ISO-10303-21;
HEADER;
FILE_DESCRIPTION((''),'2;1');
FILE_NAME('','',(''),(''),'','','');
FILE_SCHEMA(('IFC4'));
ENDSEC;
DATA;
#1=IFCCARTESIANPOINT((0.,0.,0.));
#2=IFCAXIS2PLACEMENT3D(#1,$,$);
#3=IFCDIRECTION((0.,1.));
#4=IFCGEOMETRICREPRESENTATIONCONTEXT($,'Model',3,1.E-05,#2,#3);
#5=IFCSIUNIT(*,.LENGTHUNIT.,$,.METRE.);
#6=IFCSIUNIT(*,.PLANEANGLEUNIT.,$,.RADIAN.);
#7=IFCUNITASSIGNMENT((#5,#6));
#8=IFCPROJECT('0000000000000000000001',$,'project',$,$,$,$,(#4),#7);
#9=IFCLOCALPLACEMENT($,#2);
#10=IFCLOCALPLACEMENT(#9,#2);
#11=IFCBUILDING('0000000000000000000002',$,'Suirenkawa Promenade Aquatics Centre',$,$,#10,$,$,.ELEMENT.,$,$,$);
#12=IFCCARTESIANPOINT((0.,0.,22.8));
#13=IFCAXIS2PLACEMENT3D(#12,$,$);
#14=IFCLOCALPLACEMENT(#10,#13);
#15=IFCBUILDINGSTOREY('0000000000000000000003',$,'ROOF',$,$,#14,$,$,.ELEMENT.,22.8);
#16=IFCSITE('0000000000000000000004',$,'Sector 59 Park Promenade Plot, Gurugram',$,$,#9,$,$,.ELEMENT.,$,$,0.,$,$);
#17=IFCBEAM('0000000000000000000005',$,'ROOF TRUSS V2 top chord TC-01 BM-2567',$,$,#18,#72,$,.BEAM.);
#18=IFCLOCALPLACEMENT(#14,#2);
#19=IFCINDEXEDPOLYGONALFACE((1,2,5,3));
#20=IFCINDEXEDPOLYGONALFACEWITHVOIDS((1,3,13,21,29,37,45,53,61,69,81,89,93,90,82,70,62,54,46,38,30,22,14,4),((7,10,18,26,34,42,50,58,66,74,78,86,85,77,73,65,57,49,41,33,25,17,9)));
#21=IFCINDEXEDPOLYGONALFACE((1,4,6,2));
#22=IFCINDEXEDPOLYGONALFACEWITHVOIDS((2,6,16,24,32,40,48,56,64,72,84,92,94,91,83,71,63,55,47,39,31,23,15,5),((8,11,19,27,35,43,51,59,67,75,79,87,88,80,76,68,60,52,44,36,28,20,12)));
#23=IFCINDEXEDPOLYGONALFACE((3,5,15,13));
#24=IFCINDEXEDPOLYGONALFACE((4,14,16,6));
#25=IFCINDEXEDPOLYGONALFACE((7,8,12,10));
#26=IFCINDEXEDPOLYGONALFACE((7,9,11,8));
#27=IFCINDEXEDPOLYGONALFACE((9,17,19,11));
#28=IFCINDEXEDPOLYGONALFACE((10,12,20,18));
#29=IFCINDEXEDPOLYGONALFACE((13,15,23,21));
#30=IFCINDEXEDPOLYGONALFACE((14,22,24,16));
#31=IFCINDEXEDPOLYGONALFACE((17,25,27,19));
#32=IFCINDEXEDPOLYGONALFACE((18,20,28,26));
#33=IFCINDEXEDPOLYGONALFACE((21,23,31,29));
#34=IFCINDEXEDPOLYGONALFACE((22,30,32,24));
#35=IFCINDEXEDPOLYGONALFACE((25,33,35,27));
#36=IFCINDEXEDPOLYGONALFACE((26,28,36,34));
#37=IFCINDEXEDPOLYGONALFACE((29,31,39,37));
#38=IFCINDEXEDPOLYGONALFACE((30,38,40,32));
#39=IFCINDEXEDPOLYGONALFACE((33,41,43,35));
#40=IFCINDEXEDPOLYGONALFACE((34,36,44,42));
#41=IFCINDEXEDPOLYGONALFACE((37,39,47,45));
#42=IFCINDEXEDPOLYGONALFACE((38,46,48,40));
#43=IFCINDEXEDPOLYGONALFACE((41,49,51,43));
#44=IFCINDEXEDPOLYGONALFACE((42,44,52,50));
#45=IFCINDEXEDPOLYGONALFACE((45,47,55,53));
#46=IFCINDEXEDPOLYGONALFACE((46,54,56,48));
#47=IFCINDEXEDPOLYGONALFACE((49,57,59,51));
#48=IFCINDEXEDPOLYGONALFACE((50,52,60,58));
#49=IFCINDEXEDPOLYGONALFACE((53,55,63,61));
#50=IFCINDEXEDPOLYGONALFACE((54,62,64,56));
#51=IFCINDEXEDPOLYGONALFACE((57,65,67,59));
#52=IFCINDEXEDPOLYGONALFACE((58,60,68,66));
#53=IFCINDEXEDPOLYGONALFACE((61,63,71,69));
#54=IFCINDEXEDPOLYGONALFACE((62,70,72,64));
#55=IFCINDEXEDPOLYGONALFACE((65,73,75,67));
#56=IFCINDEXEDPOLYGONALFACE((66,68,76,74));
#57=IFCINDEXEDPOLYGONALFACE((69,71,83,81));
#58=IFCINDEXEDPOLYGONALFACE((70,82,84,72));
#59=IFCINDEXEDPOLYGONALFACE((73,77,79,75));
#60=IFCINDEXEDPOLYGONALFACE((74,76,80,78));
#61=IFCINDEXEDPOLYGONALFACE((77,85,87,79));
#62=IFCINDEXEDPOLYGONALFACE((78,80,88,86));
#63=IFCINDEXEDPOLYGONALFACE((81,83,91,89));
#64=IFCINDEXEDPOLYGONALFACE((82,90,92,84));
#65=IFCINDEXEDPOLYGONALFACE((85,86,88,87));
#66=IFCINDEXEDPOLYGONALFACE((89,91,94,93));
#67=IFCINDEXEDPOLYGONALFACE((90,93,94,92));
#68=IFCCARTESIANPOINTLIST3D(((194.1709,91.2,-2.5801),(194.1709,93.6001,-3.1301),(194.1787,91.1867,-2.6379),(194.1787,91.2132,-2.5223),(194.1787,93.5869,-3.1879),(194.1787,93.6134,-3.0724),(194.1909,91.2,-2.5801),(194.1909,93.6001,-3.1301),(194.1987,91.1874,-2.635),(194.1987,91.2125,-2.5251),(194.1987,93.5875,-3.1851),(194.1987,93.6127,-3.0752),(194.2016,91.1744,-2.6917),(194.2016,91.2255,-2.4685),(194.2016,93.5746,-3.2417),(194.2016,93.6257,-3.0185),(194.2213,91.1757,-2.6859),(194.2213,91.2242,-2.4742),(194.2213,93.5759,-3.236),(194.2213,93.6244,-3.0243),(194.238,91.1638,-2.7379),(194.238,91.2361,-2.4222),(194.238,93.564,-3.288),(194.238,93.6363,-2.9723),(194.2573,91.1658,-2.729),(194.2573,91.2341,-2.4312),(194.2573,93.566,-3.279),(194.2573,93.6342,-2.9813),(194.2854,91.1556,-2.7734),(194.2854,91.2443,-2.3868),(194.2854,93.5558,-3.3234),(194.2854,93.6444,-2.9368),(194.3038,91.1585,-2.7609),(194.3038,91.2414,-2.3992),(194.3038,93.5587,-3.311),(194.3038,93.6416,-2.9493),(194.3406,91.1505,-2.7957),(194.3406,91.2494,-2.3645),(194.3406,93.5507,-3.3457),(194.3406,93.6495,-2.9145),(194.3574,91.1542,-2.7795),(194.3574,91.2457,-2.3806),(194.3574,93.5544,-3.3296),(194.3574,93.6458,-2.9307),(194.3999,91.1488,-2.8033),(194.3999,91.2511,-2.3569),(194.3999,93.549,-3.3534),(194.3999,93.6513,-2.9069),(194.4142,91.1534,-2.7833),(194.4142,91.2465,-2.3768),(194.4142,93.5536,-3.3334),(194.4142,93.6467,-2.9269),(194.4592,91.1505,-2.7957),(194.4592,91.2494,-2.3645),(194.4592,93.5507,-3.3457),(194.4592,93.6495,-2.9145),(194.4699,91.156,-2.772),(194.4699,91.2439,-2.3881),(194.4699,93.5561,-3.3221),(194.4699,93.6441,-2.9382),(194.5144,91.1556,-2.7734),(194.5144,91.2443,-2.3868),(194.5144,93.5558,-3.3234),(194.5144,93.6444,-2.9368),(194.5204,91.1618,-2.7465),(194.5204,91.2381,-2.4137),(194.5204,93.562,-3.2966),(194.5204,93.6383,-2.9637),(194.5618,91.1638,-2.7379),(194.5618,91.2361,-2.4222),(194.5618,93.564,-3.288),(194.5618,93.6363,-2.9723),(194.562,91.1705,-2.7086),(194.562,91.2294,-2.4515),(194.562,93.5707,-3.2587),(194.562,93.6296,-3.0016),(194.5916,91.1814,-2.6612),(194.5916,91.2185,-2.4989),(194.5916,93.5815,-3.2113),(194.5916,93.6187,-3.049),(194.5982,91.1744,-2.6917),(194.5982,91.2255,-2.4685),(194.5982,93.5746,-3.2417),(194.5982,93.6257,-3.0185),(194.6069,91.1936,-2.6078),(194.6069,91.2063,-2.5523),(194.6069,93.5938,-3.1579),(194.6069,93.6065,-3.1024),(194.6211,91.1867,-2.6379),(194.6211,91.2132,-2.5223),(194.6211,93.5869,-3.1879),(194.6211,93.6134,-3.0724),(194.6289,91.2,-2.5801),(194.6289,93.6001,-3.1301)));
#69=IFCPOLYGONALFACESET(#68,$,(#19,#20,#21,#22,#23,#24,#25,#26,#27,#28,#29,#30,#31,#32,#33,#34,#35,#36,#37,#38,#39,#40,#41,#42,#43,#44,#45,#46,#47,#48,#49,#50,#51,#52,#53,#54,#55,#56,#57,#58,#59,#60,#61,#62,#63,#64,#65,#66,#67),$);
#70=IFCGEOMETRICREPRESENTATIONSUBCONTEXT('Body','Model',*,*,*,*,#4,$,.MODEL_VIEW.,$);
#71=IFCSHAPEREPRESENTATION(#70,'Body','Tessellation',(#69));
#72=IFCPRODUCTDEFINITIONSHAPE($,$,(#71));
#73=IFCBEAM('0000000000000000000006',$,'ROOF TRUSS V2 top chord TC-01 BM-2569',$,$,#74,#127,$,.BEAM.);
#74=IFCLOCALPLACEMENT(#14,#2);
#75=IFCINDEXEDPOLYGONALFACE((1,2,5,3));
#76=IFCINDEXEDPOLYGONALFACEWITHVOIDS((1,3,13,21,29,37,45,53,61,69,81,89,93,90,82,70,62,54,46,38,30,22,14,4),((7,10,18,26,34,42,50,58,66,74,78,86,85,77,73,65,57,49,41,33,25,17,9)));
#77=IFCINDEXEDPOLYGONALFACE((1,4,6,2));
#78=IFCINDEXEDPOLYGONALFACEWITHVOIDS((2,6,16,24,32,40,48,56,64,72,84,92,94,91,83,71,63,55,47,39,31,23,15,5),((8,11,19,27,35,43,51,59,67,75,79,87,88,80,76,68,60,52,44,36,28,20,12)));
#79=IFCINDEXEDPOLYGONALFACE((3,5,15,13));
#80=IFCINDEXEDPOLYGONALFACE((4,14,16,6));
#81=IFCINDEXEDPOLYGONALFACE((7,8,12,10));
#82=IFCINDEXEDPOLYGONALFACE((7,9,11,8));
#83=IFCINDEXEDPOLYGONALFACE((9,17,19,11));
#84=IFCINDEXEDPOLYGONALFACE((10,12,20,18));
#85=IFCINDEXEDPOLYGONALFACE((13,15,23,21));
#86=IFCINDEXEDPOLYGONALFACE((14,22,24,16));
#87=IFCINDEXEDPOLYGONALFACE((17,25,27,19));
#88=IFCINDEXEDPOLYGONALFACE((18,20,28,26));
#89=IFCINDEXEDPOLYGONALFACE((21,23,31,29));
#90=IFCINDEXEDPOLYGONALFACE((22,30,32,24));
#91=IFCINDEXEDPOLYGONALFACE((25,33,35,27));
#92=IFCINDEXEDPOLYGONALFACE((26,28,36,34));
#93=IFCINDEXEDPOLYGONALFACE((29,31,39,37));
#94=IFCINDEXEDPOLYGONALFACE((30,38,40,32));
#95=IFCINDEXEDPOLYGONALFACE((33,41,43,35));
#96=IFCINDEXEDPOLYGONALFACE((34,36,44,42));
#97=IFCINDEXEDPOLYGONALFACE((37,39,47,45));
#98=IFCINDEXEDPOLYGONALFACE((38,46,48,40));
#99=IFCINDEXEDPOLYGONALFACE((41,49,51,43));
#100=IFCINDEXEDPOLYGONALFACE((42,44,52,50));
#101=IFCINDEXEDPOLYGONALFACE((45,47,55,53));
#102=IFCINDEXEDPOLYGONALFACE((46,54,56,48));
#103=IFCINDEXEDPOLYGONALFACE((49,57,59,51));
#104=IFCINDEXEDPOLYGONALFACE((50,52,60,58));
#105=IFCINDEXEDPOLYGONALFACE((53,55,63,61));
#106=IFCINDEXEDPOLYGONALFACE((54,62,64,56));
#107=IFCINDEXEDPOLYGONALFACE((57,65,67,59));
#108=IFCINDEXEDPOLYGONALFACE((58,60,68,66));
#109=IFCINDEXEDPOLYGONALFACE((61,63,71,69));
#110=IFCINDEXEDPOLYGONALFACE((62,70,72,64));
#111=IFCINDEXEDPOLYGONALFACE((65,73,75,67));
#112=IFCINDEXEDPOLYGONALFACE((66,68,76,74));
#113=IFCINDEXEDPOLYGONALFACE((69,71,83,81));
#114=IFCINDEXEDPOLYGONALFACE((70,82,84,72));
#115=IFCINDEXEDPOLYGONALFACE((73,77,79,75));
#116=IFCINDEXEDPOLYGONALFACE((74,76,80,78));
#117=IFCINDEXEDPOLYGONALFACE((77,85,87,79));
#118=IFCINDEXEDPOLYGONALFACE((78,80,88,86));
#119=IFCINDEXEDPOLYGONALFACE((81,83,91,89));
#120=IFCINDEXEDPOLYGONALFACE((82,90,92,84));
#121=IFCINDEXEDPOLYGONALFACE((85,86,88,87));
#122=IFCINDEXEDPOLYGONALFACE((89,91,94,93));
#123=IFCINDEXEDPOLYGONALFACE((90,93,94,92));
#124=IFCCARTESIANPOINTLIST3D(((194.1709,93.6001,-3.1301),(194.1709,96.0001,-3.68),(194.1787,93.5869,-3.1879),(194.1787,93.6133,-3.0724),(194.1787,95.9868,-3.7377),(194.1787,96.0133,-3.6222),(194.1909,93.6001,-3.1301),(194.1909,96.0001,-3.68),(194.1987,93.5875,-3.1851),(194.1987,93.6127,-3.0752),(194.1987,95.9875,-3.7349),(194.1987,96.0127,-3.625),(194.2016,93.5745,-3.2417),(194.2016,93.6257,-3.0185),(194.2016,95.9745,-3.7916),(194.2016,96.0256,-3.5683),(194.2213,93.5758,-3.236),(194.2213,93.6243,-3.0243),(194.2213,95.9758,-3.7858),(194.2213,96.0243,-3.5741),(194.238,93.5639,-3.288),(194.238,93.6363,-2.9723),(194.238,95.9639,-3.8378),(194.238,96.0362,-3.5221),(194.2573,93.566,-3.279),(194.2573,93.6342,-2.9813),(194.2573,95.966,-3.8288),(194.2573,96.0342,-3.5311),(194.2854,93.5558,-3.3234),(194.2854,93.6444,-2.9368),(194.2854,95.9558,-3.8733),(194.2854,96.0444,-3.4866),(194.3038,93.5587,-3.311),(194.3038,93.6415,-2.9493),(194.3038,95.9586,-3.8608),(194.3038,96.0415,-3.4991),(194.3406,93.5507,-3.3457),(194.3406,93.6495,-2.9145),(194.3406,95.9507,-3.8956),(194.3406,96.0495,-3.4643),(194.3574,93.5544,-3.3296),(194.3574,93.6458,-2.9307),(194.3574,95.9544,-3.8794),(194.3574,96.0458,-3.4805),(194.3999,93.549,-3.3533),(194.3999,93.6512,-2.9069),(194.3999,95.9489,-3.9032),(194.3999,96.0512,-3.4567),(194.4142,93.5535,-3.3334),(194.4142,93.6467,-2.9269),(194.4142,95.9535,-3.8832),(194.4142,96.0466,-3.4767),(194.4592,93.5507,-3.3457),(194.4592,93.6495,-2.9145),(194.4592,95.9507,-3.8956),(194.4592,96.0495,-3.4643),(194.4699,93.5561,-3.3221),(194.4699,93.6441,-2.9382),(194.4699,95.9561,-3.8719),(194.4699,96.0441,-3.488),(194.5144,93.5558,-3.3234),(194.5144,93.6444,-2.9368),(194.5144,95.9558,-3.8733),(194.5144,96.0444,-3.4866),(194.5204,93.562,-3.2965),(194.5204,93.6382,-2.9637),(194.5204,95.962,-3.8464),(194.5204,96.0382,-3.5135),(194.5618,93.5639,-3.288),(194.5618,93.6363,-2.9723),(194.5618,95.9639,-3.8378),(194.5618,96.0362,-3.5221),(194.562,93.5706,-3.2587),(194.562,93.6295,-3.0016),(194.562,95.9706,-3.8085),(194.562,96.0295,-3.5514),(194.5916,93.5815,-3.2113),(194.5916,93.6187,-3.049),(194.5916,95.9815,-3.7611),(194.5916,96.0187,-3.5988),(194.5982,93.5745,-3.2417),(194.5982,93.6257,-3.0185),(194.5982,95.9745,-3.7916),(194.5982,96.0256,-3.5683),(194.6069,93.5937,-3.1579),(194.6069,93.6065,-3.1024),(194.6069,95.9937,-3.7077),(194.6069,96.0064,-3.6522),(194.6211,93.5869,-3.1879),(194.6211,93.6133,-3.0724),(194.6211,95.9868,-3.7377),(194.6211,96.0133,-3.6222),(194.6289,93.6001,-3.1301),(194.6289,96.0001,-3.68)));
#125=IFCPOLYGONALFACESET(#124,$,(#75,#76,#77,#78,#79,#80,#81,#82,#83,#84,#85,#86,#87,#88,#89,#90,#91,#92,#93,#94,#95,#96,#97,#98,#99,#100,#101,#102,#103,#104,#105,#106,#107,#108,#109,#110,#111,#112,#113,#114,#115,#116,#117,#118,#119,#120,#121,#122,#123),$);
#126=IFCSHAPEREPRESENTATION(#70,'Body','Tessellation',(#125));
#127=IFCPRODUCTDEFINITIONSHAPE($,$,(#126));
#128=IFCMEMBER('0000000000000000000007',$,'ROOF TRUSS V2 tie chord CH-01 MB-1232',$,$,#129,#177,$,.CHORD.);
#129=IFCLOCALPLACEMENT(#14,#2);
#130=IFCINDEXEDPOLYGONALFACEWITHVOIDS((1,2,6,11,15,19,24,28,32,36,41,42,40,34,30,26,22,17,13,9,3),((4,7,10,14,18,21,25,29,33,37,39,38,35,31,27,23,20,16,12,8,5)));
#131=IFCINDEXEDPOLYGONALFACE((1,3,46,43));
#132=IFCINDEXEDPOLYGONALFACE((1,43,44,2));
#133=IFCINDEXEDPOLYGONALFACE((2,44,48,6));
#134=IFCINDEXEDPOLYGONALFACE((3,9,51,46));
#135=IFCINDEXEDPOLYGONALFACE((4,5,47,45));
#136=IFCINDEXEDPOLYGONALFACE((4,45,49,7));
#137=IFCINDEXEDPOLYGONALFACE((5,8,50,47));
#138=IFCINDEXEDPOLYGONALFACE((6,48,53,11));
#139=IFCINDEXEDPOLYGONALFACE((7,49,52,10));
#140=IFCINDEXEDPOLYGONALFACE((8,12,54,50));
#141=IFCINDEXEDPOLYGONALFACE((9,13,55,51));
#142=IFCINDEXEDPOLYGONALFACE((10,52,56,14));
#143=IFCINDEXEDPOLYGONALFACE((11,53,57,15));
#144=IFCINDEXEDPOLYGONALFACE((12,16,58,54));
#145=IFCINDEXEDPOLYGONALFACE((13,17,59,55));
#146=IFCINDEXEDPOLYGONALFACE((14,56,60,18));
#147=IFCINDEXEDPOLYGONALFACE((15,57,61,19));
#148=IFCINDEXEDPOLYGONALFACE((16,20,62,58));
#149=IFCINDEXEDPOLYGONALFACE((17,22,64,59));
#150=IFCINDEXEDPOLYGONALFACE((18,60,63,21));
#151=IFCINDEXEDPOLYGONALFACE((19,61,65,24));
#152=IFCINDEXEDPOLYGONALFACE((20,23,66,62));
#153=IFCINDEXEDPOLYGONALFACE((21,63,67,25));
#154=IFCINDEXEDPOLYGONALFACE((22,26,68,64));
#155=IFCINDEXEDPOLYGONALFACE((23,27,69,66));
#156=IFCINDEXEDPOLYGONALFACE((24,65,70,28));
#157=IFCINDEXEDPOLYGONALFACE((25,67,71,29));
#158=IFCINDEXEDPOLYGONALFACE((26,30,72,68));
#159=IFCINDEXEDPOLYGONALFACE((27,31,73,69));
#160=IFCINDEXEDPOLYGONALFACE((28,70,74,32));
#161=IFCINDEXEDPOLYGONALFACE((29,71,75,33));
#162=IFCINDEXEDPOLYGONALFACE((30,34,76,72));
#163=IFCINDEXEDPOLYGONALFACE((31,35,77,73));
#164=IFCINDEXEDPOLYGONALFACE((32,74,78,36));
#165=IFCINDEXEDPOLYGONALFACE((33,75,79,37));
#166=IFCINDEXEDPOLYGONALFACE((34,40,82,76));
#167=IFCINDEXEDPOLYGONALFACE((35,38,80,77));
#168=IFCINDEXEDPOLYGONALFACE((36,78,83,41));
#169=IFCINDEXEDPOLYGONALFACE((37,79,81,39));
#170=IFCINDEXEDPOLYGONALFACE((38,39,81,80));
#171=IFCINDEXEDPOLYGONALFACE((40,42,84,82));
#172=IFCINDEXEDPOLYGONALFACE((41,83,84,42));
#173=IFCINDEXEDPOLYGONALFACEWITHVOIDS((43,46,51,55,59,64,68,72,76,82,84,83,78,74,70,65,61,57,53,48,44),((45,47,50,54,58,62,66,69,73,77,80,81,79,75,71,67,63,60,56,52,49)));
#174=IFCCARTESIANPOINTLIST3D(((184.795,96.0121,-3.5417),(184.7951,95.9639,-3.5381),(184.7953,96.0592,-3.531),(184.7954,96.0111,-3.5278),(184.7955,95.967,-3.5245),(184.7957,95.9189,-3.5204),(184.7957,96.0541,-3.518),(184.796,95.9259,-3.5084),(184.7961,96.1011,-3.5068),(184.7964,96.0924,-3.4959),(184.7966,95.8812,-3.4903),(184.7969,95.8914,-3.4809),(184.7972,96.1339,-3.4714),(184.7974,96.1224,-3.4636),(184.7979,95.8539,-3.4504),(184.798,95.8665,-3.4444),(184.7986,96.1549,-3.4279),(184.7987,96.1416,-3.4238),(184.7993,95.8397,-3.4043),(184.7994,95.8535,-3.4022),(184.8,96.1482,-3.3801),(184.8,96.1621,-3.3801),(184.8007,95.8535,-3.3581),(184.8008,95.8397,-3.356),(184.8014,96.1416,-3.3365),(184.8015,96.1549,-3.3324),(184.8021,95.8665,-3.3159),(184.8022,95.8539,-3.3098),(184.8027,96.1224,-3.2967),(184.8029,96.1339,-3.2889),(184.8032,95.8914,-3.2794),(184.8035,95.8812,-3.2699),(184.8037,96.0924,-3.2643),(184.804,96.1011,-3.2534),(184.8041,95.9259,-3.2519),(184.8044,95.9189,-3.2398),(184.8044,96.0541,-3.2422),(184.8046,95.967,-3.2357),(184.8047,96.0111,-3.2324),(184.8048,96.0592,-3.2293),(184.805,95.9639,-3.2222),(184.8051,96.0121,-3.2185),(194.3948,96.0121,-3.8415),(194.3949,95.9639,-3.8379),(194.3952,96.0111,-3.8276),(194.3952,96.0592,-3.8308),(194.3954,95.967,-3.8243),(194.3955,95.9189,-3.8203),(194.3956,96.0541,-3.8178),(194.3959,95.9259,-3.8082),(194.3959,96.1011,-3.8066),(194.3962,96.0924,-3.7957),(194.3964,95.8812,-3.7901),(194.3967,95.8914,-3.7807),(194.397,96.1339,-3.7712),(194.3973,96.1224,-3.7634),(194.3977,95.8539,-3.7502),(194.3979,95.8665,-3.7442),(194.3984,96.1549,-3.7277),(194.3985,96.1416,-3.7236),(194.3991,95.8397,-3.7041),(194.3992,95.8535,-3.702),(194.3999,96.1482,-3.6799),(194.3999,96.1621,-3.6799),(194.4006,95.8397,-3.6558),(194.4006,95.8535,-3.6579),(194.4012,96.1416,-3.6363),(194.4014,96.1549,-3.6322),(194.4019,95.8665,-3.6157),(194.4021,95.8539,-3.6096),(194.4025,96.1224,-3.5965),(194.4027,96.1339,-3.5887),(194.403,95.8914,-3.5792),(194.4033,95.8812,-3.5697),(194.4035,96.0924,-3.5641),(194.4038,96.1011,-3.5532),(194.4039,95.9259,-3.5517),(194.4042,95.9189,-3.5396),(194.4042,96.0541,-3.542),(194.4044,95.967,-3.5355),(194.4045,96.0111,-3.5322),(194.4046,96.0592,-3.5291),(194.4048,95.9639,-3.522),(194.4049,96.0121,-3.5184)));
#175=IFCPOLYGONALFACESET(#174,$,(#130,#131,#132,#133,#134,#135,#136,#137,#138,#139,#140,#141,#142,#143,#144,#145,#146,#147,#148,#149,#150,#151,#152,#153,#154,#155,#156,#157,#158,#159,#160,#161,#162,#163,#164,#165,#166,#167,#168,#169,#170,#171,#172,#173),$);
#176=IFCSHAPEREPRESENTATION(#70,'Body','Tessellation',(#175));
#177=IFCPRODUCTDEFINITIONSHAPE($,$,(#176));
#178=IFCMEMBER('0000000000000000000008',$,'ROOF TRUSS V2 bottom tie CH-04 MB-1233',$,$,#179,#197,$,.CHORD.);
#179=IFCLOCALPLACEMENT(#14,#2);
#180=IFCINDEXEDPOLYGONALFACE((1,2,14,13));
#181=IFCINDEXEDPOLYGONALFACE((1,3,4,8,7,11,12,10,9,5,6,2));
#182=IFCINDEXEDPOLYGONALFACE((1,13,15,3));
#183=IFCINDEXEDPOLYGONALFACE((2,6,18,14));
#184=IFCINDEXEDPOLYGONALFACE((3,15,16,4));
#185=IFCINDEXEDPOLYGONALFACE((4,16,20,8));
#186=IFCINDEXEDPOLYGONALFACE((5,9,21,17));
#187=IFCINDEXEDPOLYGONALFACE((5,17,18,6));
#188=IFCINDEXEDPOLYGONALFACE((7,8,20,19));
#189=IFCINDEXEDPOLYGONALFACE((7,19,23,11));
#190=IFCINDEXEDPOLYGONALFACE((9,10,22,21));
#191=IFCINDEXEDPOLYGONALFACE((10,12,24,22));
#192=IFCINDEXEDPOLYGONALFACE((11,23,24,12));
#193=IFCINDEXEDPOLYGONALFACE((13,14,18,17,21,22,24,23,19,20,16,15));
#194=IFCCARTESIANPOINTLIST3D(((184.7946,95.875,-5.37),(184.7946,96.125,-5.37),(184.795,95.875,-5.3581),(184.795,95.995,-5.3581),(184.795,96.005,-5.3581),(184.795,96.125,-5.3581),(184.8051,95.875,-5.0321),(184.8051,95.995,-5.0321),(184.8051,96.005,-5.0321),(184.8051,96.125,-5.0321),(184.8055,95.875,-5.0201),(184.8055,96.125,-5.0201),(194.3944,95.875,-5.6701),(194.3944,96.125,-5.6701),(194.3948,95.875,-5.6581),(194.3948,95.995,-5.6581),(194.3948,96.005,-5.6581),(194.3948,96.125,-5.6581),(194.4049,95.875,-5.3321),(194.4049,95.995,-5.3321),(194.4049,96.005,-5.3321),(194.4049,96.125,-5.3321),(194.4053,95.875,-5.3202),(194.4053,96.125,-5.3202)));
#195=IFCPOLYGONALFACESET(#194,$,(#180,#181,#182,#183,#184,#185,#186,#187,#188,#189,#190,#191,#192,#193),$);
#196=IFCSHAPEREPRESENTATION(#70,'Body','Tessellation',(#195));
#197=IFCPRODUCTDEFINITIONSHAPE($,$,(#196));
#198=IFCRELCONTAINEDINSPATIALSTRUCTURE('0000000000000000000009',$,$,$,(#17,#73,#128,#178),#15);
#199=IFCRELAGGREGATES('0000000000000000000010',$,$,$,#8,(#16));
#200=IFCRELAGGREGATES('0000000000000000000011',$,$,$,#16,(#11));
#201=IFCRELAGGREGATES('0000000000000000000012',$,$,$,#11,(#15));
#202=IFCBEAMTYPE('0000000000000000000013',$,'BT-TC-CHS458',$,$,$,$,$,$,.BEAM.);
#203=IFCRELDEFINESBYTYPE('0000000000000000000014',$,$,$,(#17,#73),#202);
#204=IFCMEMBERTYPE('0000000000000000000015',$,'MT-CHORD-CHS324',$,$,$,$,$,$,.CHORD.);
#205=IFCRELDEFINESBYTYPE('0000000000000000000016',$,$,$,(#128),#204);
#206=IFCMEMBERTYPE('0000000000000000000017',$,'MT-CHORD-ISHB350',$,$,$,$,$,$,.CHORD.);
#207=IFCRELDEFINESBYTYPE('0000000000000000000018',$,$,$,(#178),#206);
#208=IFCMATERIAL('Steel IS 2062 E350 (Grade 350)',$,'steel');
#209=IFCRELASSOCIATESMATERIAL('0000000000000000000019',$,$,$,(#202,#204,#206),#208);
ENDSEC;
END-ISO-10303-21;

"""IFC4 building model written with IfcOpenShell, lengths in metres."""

from ifc_helpers import new_model, si_unit, direction, frame, origin, origin_2d, place, context, subcontext, project, spatial, hollow_circle, i_section, extrude, material, material_profile, profile_set, type_object, element, save


model = new_model("IFC4")

# Units and contexts
model_context = context("Model", 3, precision=1e-05, world=origin(), true_north=direction((0.0, 1.0)))
body_context = subcontext(model_context, "Body", "Model", "MODEL_VIEW")
ifc_project = project(units=[si_unit("LENGTHUNIT", "METRE"), si_unit("PLANEANGLEUNIT", "RADIAN")], contexts=[model_context])

# Site, building, storey
site_placement = place(None, origin())
site = spatial("IfcSite", under=ifc_project, at=site_placement, Name="Sector 59 Park Promenade Plot, Gurugram", CompositionType="ELEMENT", RefElevation=0.0)
building_placement = place(site_placement, origin())
building = spatial("IfcBuilding", under=site, at=building_placement, Name="Suirenkawa Promenade Aquatics Centre", CompositionType="ELEMENT")
storey_placement = place(building_placement, frame((0.0, 0.0, 22.8)))
storey = spatial("IfcBuildingStorey", under=building, at=storey_placement, Name="ROOF", CompositionType="ELEMENT", Elevation=22.8)

# Beams
ifc_material = material(Name="Steel IS 2062 E350 (Grade 350)", Category="steel")
ifc_material_profile_1 = material_profile(ifc_material, hollow_circle(Radius=0.229, WallThickness=0.02, at=origin_2d()), Name="CHS 458x20", Category="steel")
ifc_profile_set_1 = profile_set([ifc_material_profile_1], Name="Steel IS 2062 E350 (Grade 350)")
beam_type_1 = type_object("IfcBeamType", Name="BT-TC-CHS458", PredefinedType="BEAM", material=ifc_profile_set_1)
beam_1_placement = place(storey_placement, frame((194.3999, 91.2, -2.5801), z_axis=(0.0, 0.974731, -0.223382), x_axis=(-1.0, 0.0, 0.0)))
element("IfcBeam", 1, at=beam_1_placement, inside=storey, type_object=beam_type_1, Name="ROOF TRUSS V2 top chord TC-01 BM-2567", PredefinedType="BEAM", context=body_context, shape_type="SweptSolid", body=[
    extrude(hollow_circle(Radius=0.229, WallThickness=0.02, at=origin_2d()), origin(), (0.0, 0.0, 1.0), 2.4624),
])
beam_2_placement = place(storey_placement, frame((194.3999, 93.6001, -3.1301), z_axis=(0.0, 0.974748, -0.223309), x_axis=(-1.0, 0.0, 0.0)))
element("IfcBeam", 2, at=beam_2_placement, inside=storey, type_object=beam_type_1, Name="ROOF TRUSS V2 top chord TC-01 BM-2569", PredefinedType="BEAM", context=body_context, shape_type="SweptSolid", body=[
    extrude(hollow_circle(Radius=0.229, WallThickness=0.02, at=origin_2d()), origin(), (0.0, 0.0, 1.0), 2.4622),
])

# Members
ifc_material_profile_2 = material_profile(ifc_material, hollow_circle(Radius=0.1621, WallThickness=0.0139, at=origin_2d()), Name="CHS 324x14", Category="steel")
ifc_profile_set_2 = profile_set([ifc_material_profile_2], Name="Steel IS 2062 E350 (Grade 350)")
member_type_1 = type_object("IfcMemberType", Name="MT-CHORD-CHS324", PredefinedType="CHORD", material=ifc_profile_set_2)
member_1_placement = place(storey_placement, frame((184.8, 96.0, -3.3801), z_axis=(0.999513, 0.0, -0.031215), x_axis=(0.0, 1.0, 0.0)))
element("IfcMember", 3, at=member_1_placement, inside=storey, type_object=member_type_1, Name="ROOF TRUSS V2 tie chord CH-01 MB-1232", PredefinedType="CHORD", context=body_context, shape_type="SweptSolid", body=[
    extrude(hollow_circle(Radius=0.1621, WallThickness=0.0139, at=origin_2d()), origin(), (0.0, 0.0, 1.0), 9.6045),
])
ifc_material_profile_3 = material_profile(ifc_material, i_section(OverallWidth=0.25, OverallDepth=0.3501, WebThickness=0.01, FlangeThickness=0.012, at=origin_2d()), Name="ISHB 350", Category="steel")
ifc_profile_set_3 = profile_set([ifc_material_profile_3], Name="Steel IS 2062 E350 (Grade 350)")
member_type_2 = type_object("IfcMemberType", Name="MT-CHORD-ISHB350", PredefinedType="CHORD", material=ifc_profile_set_3)
member_2_placement = place(storey_placement, frame((184.8, 96.0, -5.1951), z_axis=(0.999512, 0.0, -0.03124), x_axis=(0.0, 1.0, 0.0)))
element("IfcMember", 4, at=member_2_placement, inside=storey, type_object=member_type_2, Name="ROOF TRUSS V2 bottom tie CH-04 MB-1233", PredefinedType="CHORD", context=body_context, shape_type="SweptSolid", body=[
    extrude(i_section(OverallWidth=0.25, OverallDepth=0.3501, WebThickness=0.01, FlangeThickness=0.012, at=origin_2d()), origin(), (0.0, 0.0, 1.0), 9.6045),
])

save(model, "model.ifc")
